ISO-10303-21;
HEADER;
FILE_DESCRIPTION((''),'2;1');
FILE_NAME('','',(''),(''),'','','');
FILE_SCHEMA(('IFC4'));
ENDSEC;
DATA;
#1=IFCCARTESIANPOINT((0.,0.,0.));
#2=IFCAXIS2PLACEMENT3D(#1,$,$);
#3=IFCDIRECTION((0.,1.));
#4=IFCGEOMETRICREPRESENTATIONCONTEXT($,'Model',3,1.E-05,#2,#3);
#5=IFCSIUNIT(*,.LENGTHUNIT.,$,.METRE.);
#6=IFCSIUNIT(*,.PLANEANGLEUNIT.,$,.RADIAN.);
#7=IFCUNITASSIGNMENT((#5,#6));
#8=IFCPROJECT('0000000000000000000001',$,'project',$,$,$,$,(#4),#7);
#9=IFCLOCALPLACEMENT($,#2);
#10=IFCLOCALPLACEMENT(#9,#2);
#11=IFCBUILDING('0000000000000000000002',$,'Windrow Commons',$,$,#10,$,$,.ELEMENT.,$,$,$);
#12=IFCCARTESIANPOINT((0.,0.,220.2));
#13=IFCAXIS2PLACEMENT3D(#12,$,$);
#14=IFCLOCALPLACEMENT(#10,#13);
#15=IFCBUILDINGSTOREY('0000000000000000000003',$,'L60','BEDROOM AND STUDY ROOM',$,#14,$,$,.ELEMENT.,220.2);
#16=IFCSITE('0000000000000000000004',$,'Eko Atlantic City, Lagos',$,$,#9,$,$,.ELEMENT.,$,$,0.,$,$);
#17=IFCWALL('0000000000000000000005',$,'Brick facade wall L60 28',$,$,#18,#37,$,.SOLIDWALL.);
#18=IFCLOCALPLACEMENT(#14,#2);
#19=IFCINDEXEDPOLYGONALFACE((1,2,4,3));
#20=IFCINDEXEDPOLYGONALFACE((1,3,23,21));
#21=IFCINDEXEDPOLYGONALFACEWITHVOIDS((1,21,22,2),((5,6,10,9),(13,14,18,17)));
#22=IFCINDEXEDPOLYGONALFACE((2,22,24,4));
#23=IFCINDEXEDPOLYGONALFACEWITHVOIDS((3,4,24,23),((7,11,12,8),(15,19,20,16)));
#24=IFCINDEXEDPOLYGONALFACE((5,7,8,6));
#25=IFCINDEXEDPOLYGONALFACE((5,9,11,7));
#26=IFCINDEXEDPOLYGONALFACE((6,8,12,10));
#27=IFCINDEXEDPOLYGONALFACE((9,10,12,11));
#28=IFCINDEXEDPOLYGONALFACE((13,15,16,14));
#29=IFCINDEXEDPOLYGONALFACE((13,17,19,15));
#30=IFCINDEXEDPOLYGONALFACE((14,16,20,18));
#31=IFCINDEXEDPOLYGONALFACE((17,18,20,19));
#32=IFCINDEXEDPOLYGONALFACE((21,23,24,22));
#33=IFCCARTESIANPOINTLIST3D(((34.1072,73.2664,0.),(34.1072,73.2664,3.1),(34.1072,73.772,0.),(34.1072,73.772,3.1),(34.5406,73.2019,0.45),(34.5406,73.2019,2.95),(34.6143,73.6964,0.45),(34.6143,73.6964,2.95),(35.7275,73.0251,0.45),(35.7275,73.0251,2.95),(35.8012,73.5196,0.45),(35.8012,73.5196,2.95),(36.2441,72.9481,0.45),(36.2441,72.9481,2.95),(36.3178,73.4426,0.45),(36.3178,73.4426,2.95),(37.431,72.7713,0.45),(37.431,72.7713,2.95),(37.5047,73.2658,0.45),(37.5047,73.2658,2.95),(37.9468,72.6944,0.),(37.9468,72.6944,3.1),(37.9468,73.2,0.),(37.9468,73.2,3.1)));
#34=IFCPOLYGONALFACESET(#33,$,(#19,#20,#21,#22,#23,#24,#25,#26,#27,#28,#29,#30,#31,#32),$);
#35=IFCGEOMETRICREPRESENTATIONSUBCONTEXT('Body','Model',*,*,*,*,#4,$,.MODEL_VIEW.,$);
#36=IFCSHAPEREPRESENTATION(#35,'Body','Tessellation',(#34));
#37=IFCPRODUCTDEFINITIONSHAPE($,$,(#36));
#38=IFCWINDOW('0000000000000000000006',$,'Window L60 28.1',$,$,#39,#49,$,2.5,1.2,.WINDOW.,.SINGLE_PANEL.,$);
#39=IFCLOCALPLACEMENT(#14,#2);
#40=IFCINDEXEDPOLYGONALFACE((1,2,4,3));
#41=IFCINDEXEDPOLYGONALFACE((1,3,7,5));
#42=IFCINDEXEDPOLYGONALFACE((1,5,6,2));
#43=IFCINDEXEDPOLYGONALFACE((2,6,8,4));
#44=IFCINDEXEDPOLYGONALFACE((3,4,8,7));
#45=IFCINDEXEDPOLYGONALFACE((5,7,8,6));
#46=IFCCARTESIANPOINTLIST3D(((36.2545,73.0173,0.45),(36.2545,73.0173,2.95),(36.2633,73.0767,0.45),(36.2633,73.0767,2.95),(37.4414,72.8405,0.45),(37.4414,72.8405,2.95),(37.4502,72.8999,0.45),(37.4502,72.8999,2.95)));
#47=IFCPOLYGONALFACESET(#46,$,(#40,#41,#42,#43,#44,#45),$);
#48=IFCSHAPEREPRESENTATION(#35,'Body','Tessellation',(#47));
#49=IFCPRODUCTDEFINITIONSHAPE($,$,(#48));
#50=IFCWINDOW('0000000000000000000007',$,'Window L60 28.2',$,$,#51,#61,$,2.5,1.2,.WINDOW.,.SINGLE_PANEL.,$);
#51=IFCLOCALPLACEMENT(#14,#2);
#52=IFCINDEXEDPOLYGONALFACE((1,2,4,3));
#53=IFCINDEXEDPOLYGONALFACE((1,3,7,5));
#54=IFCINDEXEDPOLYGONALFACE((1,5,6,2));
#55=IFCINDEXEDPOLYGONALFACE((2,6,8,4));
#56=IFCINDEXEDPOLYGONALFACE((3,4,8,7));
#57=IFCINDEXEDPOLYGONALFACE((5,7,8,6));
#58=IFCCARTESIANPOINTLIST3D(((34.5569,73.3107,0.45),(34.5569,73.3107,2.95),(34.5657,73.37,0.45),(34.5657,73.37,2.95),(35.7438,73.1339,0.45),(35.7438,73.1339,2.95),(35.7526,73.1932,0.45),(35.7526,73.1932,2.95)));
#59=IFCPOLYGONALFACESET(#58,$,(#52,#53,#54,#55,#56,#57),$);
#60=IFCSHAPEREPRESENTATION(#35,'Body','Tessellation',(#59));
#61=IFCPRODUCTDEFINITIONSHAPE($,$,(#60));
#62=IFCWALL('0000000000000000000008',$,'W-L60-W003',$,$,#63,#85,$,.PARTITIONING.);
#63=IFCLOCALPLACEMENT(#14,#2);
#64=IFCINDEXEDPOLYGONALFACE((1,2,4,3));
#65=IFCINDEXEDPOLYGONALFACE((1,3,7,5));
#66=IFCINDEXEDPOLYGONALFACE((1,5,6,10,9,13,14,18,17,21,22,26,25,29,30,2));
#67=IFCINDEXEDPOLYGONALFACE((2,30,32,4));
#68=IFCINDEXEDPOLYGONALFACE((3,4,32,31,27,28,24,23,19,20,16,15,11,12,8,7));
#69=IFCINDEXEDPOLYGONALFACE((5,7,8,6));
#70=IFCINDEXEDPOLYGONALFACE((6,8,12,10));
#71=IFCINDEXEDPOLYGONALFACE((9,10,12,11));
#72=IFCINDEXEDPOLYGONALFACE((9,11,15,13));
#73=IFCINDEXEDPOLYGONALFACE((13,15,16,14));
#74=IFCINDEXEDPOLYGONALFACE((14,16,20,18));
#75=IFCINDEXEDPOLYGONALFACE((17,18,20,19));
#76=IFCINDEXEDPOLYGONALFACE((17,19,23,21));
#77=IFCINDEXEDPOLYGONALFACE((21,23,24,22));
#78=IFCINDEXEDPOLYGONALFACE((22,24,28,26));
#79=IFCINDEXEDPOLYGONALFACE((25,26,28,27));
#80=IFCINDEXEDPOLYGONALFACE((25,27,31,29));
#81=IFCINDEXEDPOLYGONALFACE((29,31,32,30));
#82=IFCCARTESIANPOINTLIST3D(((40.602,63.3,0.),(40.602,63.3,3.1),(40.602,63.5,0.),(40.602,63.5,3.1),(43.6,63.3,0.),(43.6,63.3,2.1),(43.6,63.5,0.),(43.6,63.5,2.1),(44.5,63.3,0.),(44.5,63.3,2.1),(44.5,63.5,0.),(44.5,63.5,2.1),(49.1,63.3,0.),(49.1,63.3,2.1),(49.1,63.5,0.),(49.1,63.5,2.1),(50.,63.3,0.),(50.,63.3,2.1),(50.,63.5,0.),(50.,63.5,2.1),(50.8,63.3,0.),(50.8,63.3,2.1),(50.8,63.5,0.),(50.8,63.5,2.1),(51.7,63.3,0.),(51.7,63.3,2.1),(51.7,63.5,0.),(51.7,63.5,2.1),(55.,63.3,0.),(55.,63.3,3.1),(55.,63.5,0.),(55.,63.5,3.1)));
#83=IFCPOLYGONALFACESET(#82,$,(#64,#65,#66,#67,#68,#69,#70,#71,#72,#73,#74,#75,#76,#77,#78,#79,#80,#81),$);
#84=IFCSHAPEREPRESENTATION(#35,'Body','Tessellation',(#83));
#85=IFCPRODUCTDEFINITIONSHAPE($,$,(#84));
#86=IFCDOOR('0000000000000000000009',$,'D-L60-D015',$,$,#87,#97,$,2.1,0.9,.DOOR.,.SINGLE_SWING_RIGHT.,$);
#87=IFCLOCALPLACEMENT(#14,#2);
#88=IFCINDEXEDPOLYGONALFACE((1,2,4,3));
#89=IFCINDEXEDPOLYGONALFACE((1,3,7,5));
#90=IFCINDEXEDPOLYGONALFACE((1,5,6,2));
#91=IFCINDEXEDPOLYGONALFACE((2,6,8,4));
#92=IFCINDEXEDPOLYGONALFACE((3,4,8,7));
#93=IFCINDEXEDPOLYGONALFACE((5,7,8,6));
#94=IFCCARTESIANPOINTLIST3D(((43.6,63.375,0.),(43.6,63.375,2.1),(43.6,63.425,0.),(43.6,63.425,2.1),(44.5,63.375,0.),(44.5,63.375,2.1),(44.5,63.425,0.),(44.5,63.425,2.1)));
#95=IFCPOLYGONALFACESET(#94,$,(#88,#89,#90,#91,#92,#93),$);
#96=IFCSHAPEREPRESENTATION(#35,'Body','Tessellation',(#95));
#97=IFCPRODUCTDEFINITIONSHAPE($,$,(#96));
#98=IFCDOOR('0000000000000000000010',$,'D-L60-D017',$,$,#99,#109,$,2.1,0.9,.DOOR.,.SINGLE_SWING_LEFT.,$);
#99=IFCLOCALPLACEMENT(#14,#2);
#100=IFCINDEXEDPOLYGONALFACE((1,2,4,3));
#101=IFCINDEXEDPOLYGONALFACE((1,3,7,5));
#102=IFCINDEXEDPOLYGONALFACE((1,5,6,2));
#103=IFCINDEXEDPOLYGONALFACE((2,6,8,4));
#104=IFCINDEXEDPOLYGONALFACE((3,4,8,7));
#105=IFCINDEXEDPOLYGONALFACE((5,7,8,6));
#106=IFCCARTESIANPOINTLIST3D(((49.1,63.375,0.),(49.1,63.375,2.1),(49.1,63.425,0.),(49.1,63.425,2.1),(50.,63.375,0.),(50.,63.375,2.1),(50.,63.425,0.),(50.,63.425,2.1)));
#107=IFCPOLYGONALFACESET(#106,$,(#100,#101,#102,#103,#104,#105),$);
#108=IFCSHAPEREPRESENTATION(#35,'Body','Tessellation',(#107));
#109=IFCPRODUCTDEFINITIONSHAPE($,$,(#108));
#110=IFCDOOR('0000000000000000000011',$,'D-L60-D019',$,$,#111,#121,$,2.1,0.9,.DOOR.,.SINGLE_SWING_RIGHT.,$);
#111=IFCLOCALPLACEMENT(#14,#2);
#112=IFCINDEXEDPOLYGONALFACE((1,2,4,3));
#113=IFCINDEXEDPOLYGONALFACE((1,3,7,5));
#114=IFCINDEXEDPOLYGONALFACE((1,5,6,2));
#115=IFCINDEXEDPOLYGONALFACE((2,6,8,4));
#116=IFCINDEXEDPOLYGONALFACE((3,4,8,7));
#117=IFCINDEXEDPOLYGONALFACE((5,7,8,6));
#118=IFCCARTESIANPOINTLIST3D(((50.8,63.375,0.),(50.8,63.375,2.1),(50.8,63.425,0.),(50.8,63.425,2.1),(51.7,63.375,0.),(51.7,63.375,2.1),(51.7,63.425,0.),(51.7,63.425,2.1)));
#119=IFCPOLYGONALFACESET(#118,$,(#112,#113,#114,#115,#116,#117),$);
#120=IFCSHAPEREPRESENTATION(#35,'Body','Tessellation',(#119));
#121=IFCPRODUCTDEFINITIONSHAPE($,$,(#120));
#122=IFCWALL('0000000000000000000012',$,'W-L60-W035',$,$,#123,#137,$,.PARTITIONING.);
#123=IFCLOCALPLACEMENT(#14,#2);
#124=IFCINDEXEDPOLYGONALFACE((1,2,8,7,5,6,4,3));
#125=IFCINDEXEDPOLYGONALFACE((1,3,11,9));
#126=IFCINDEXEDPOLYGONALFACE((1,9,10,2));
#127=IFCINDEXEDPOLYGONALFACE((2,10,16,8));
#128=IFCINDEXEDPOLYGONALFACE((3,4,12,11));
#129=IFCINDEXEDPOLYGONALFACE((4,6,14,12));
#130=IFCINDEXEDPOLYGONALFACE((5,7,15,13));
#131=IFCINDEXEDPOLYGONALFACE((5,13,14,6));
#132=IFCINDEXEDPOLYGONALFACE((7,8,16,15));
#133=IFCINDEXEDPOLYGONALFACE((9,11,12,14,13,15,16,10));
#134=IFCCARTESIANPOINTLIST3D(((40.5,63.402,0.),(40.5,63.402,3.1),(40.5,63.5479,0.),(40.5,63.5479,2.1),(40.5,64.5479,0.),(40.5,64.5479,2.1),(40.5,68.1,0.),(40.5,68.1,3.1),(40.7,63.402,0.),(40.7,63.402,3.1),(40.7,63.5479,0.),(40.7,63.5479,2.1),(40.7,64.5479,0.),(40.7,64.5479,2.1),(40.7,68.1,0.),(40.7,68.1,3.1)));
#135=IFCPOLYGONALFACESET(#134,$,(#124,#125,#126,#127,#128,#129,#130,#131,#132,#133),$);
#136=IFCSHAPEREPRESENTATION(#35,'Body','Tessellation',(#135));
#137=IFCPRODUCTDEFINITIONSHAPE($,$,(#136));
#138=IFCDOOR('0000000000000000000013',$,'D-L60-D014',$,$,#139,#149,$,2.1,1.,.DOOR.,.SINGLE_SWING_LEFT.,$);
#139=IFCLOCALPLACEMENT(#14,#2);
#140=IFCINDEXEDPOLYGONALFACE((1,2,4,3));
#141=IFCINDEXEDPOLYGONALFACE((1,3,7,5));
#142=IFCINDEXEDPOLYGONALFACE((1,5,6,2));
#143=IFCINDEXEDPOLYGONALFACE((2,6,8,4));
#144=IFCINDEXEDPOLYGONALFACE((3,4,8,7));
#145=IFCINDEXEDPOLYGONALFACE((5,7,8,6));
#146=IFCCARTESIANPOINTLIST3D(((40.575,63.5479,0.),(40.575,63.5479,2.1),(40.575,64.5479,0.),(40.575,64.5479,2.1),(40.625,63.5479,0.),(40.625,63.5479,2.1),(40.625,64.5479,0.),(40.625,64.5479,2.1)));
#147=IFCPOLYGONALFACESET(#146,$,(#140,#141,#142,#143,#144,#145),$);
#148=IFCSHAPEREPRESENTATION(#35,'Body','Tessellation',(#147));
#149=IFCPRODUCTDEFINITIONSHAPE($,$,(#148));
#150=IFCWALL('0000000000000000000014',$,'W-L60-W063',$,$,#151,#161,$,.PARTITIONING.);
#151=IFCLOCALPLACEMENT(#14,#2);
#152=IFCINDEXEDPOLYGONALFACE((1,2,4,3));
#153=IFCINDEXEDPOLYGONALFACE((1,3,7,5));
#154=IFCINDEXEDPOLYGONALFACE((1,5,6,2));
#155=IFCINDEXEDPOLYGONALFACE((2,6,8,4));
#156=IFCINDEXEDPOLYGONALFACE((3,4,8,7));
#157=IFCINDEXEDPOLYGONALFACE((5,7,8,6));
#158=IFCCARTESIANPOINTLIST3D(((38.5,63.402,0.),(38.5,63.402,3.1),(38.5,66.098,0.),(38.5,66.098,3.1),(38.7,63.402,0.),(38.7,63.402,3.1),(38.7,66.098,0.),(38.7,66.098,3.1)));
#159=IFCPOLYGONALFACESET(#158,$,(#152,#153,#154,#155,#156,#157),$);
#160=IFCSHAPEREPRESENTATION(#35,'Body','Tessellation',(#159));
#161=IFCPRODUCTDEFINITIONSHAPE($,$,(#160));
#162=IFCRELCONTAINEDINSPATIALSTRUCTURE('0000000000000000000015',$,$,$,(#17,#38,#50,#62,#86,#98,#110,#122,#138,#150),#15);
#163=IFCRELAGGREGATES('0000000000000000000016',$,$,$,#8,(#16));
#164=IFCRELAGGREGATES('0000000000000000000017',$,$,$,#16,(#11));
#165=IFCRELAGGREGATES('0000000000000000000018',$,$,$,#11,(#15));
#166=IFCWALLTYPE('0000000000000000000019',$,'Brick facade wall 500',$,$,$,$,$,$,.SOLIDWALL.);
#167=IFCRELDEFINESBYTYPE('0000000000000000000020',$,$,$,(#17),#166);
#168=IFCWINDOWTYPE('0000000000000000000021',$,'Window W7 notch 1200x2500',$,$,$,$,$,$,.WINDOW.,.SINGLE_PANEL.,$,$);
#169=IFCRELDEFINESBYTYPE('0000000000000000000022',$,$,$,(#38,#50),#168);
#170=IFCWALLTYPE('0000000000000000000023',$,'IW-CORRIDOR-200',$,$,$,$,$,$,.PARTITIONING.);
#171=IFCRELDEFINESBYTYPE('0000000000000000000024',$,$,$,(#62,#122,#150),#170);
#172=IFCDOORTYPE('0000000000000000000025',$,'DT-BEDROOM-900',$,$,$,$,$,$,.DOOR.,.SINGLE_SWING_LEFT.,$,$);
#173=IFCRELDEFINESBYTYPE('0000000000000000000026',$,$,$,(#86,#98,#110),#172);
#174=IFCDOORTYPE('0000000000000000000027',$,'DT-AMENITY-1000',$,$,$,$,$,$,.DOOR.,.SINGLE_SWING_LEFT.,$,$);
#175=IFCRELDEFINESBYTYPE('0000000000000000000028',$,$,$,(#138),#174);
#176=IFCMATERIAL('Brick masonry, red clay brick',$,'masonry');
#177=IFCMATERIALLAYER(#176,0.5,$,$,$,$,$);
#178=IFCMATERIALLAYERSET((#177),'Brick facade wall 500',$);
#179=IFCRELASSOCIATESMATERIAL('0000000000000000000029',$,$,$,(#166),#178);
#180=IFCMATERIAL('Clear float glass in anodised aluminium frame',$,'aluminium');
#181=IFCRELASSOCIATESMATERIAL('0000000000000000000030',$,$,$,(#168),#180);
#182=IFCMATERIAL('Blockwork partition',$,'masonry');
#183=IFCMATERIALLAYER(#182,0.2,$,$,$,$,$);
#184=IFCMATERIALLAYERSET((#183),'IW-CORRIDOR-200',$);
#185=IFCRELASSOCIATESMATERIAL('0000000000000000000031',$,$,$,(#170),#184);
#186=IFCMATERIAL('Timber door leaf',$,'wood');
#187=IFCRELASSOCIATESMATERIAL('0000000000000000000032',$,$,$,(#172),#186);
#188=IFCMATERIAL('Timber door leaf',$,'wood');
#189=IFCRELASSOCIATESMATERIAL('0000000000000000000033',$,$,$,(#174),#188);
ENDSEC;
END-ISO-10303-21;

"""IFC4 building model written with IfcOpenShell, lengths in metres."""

from ifc_helpers import new_model, si_unit, direction, frame, frame_2d, origin, place, context, subcontext, project, spatial, polyline, rectangle, outline, extrude, material, layer, layer_set, type_object, element, fill, save


model = new_model("IFC4")

# Units and contexts
model_context = context("Model", 3, precision=1e-05, world=origin(), true_north=direction((0.0, 1.0)))
body_context = subcontext(model_context, "Body", "Model", "MODEL_VIEW")
ifc_project = project(units=[si_unit("LENGTHUNIT", "METRE"), si_unit("PLANEANGLEUNIT", "RADIAN")], contexts=[model_context])

# Site, building, storey
site_placement = place(None, origin())
site = spatial("IfcSite", under=ifc_project, at=site_placement, Name="Eko Atlantic City, Lagos", CompositionType="ELEMENT", RefElevation=0.0)
building_placement = place(site_placement, origin())
building = spatial("IfcBuilding", under=site, at=building_placement, Name="Windrow Commons", CompositionType="ELEMENT")
storey_placement = place(building_placement, frame((0.0, 0.0, 220.2)))
storey = spatial("IfcBuildingStorey", under=building, at=storey_placement, Name="L60", Description="BEDROOM AND STUDY ROOM", CompositionType="ELEMENT", Elevation=220.2)

# Wall, openings, windows
ifc_material_1 = material(Name="Brick masonry, red clay brick", Category="masonry")
ifc_layer_1 = layer(ifc_material_1, 0.5)
ifc_layer_set_1 = layer_set([ifc_layer_1], Name="Brick facade wall 500")
wall_type_1 = type_object("IfcWallType", Name="Brick facade wall 500", PredefinedType="SOLIDWALL", material=ifc_layer_set_1)
ifc_material_2 = material(Name="Clear float glass in anodised aluminium frame", Category="aluminium")
window_type_1 = type_object("IfcWindowType", Name="Window W7 notch 1200x2500", PartitioningType="SINGLE_PANEL", PredefinedType="WINDOW", material=ifc_material_2)
wall_1_placement = place(storey_placement, frame((37.9468, 72.9472, 0.0), z_axis=(0.0, 0.0, 1.0), x_axis=(-0.989085, 0.147348, 0.0)))
wall_1 = element("IfcWall", 1, at=wall_1_placement, inside=storey, type_object=wall_type_1, Name="Brick facade wall L60 28", PredefinedType="SOLIDWALL", context=body_context, shape_type="SweptSolid", body=[
    extrude(outline(polyline([(0.0372, -0.25), (3.9192, -0.25), (3.8447, 0.25), (-0.0372, 0.25), (0.0372, -0.25)])), origin(), (0.0, 0.0, 1.0), 3.1),
])
opening_1_placement = place(wall_1_placement, frame((0.4842, 0.0, 0.45)))
opening_1 = element("IfcOpeningElement", 2, at=opening_1_placement, cuts=wall_1, PredefinedType="OPENING", context=body_context, shape_type="SweptSolid", body=[
    extrude(rectangle(XDim=1.2, YDim=2.5, at=frame_2d((0.6, 1.25))), frame((0.0, 0.26, 0.0), z_axis=(0.0, -1.0, 0.0), x_axis=(1.0, 0.0, 0.0)), (0.0, 0.0, 1.0), 0.52),
])
opening_2_placement = place(wall_1_placement, frame((2.2065, 0.0, 0.45)))
opening_2 = element("IfcOpeningElement", 3, at=opening_2_placement, cuts=wall_1, PredefinedType="OPENING", context=body_context, shape_type="SweptSolid", body=[
    extrude(rectangle(XDim=1.2, YDim=2.5, at=frame_2d((0.6, 1.25))), frame((0.0, 0.26, 0.0), z_axis=(0.0, -1.0, 0.0), x_axis=(1.0, 0.0, 0.0)), (0.0, 0.0, 1.0), 0.52),
])
window_1_placement = place(opening_1_placement, origin())
window_1 = element("IfcWindow", 4, at=window_1_placement, inside=storey, type_object=window_type_1, Name="Window L60 28.1", OverallHeight=2.5, OverallWidth=1.2, PartitioningType="SINGLE_PANEL", PredefinedType="WINDOW", context=body_context, shape_type="SweptSolid", body=[
    extrude(rectangle(XDim=1.2, YDim=2.5, at=frame_2d((0.6, 1.25))), frame((0.0, 0.18, 0.0), z_axis=(0.0, -1.0, 0.0), x_axis=(1.0, 0.0, 0.0)), (0.0, 0.0, 1.0), 0.06),
])
fill(opening_1, window_1)
window_2_placement = place(opening_2_placement, origin())
window_2 = element("IfcWindow", 5, at=window_2_placement, inside=storey, type_object=window_type_1, Name="Window L60 28.2", OverallHeight=2.5, OverallWidth=1.2, PartitioningType="SINGLE_PANEL", PredefinedType="WINDOW", context=body_context, shape_type="SweptSolid", body=[
    extrude(rectangle(XDim=1.2, YDim=2.5, at=frame_2d((0.6, 1.25))), frame((0.0, 0.14, 0.0), z_axis=(0.0, -1.0, 0.0), x_axis=(1.0, 0.0, 0.0)), (0.0, 0.0, 1.0), 0.06),
])
fill(opening_2, window_2)

# Wall, openings, doors
ifc_material_3 = material(Name="Blockwork partition", Category="masonry")
ifc_layer_2 = layer(ifc_material_3, 0.2)
ifc_layer_set_2 = layer_set([ifc_layer_2], Name="IW-CORRIDOR-200")
wall_type_2 = type_object("IfcWallType", Name="IW-CORRIDOR-200", PredefinedType="PARTITIONING", material=ifc_layer_set_2)
wall_2_placement = place(storey_placement, frame((40.602, 63.4, 0.0), z_axis=(0.0, 0.0, 1.0), x_axis=(1.0, 0.0, 0.0)))
wall_2 = element("IfcWall", 6, at=wall_2_placement, inside=storey, type_object=wall_type_2, Name="W-L60-W003", PredefinedType="PARTITIONING", context=body_context, shape_type="SweptSolid", body=[
    extrude(rectangle(XDim=14.398, YDim=0.2, at=frame_2d((7.199, 0.0))), origin(), (0.0, 0.0, 1.0), 3.1),
])
opening_3_placement = place(wall_2_placement, frame((2.998, 0.0, 0.0)))
opening_3 = element("IfcOpeningElement", 7, at=opening_3_placement, cuts=wall_2, PredefinedType="OPENING", context=body_context, shape_type="SweptSolid", body=[
    extrude(rectangle(XDim=0.9, YDim=2.1, at=frame_2d((0.45, 1.05))), frame((0.0, 0.11, 0.0), z_axis=(0.0, -1.0, 0.0), x_axis=(1.0, 0.0, 0.0)), (0.0, 0.0, 1.0), 0.22),
])
opening_4_placement = place(wall_2_placement, frame((8.498, 0.0, 0.0)))
opening_4 = element("IfcOpeningElement", 8, at=opening_4_placement, cuts=wall_2, PredefinedType="OPENING", context=body_context, shape_type="SweptSolid", body=[
    extrude(rectangle(XDim=0.9, YDim=2.1, at=frame_2d((0.45, 1.05))), frame((0.0, 0.11, 0.0), z_axis=(0.0, -1.0, 0.0), x_axis=(1.0, 0.0, 0.0)), (0.0, 0.0, 1.0), 0.22),
])
opening_5_placement = place(wall_2_placement, frame((10.198, 0.0, 0.0)))
opening_5 = element("IfcOpeningElement", 9, at=opening_5_placement, cuts=wall_2, PredefinedType="OPENING", context=body_context, shape_type="SweptSolid", body=[
    extrude(rectangle(XDim=0.9, YDim=2.1, at=frame_2d((0.45, 1.05))), frame((0.0, 0.11, 0.0), z_axis=(0.0, -1.0, 0.0), x_axis=(1.0, 0.0, 0.0)), (0.0, 0.0, 1.0), 0.22),
])
ifc_material_4 = material(Name="Timber door leaf", Category="wood")
door_type_1 = type_object("IfcDoorType", Name="DT-BEDROOM-900", OperationType="SINGLE_SWING_LEFT", PredefinedType="DOOR", material=ifc_material_4)
door_1_placement = place(opening_3_placement, origin())
door_1 = element("IfcDoor", 10, at=door_1_placement, inside=storey, type_object=door_type_1, Name="D-L60-D015", OperationType="SINGLE_SWING_RIGHT", OverallHeight=2.1, OverallWidth=0.9, PredefinedType="DOOR", context=body_context, shape_type="SweptSolid", body=[
    extrude(rectangle(XDim=0.9, YDim=2.1, at=frame_2d((0.45, 1.05))), frame((0.0, 0.025, 0.0), z_axis=(0.0, -1.0, 0.0), x_axis=(1.0, 0.0, 0.0)), (0.0, 0.0, 1.0), 0.05),
])
fill(opening_3, door_1)
door_2_placement = place(opening_4_placement, origin())
door_2 = element("IfcDoor", 11, at=door_2_placement, inside=storey, type_object=door_type_1, Name="D-L60-D017", OperationType="SINGLE_SWING_LEFT", OverallHeight=2.1, OverallWidth=0.9, PredefinedType="DOOR", context=body_context, shape_type="SweptSolid", body=[
    extrude(rectangle(XDim=0.9, YDim=2.1, at=frame_2d((0.45, 1.05))), frame((0.0, 0.025, 0.0), z_axis=(0.0, -1.0, 0.0), x_axis=(1.0, 0.0, 0.0)), (0.0, 0.0, 1.0), 0.05),
])
fill(opening_4, door_2)
door_3_placement = place(opening_5_placement, origin())
door_3 = element("IfcDoor", 12, at=door_3_placement, inside=storey, type_object=door_type_1, Name="D-L60-D019", OperationType="SINGLE_SWING_RIGHT", OverallHeight=2.1, OverallWidth=0.9, PredefinedType="DOOR", context=body_context, shape_type="SweptSolid", body=[
    extrude(rectangle(XDim=0.9, YDim=2.1, at=frame_2d((0.45, 1.05))), frame((0.0, 0.025, 0.0), z_axis=(0.0, -1.0, 0.0), x_axis=(1.0, 0.0, 0.0)), (0.0, 0.0, 1.0), 0.05),
])
fill(opening_5, door_3)

# Wall, opening, door
wall_3_placement = place(storey_placement, frame((40.6, 63.402, 0.0), z_axis=(0.0, 0.0, 1.0), x_axis=(0.0, 1.0, 0.0)))
wall_3 = element("IfcWall", 13, at=wall_3_placement, inside=storey, type_object=wall_type_2, Name="W-L60-W035", PredefinedType="PARTITIONING", context=body_context, shape_type="SweptSolid", body=[
    extrude(rectangle(XDim=4.698, YDim=0.2, at=frame_2d((2.349, 0.0))), origin(), (0.0, 0.0, 1.0), 3.1),
])
opening_6_placement = place(wall_3_placement, frame((0.1459, 0.0, 0.0)))
opening_6 = element("IfcOpeningElement", 14, at=opening_6_placement, cuts=wall_3, PredefinedType="OPENING", context=body_context, shape_type="SweptSolid", body=[
    extrude(rectangle(XDim=1.0, YDim=2.1, at=frame_2d((0.5, 1.05))), frame((0.0, 0.11, 0.0), z_axis=(0.0, -1.0, 0.0), x_axis=(1.0, 0.0, 0.0)), (0.0, 0.0, 1.0), 0.22),
])
ifc_material_5 = material(Name="Timber door leaf", Category="wood")
door_type_2 = type_object("IfcDoorType", Name="DT-AMENITY-1000", OperationType="SINGLE_SWING_LEFT", PredefinedType="DOOR", material=ifc_material_5)
door_4_placement = place(opening_6_placement, origin())
door_4 = element("IfcDoor", 15, at=door_4_placement, inside=storey, type_object=door_type_2, Name="D-L60-D014", OperationType="SINGLE_SWING_LEFT", OverallHeight=2.1, OverallWidth=1.0, PredefinedType="DOOR", context=body_context, shape_type="SweptSolid", body=[
    extrude(rectangle(XDim=1.0, YDim=2.1, at=frame_2d((0.5, 1.05))), frame((0.0, 0.025, 0.0), z_axis=(0.0, -1.0, 0.0), x_axis=(1.0, 0.0, 0.0)), (0.0, 0.0, 1.0), 0.05),
])
fill(opening_6, door_4)

# Wall
wall_4_placement = place(storey_placement, frame((38.6, 63.402, 0.0), z_axis=(0.0, 0.0, 1.0), x_axis=(0.0, 1.0, 0.0)))
element("IfcWall", 16, at=wall_4_placement, inside=storey, type_object=wall_type_2, Name="W-L60-W063", PredefinedType="PARTITIONING", context=body_context, shape_type="SweptSolid", body=[
    extrude(rectangle(XDim=2.696, YDim=0.2, at=frame_2d((1.348, 0.0))), origin(), (0.0, 0.0, 1.0), 3.1),
])

save(model, "model.ifc")
